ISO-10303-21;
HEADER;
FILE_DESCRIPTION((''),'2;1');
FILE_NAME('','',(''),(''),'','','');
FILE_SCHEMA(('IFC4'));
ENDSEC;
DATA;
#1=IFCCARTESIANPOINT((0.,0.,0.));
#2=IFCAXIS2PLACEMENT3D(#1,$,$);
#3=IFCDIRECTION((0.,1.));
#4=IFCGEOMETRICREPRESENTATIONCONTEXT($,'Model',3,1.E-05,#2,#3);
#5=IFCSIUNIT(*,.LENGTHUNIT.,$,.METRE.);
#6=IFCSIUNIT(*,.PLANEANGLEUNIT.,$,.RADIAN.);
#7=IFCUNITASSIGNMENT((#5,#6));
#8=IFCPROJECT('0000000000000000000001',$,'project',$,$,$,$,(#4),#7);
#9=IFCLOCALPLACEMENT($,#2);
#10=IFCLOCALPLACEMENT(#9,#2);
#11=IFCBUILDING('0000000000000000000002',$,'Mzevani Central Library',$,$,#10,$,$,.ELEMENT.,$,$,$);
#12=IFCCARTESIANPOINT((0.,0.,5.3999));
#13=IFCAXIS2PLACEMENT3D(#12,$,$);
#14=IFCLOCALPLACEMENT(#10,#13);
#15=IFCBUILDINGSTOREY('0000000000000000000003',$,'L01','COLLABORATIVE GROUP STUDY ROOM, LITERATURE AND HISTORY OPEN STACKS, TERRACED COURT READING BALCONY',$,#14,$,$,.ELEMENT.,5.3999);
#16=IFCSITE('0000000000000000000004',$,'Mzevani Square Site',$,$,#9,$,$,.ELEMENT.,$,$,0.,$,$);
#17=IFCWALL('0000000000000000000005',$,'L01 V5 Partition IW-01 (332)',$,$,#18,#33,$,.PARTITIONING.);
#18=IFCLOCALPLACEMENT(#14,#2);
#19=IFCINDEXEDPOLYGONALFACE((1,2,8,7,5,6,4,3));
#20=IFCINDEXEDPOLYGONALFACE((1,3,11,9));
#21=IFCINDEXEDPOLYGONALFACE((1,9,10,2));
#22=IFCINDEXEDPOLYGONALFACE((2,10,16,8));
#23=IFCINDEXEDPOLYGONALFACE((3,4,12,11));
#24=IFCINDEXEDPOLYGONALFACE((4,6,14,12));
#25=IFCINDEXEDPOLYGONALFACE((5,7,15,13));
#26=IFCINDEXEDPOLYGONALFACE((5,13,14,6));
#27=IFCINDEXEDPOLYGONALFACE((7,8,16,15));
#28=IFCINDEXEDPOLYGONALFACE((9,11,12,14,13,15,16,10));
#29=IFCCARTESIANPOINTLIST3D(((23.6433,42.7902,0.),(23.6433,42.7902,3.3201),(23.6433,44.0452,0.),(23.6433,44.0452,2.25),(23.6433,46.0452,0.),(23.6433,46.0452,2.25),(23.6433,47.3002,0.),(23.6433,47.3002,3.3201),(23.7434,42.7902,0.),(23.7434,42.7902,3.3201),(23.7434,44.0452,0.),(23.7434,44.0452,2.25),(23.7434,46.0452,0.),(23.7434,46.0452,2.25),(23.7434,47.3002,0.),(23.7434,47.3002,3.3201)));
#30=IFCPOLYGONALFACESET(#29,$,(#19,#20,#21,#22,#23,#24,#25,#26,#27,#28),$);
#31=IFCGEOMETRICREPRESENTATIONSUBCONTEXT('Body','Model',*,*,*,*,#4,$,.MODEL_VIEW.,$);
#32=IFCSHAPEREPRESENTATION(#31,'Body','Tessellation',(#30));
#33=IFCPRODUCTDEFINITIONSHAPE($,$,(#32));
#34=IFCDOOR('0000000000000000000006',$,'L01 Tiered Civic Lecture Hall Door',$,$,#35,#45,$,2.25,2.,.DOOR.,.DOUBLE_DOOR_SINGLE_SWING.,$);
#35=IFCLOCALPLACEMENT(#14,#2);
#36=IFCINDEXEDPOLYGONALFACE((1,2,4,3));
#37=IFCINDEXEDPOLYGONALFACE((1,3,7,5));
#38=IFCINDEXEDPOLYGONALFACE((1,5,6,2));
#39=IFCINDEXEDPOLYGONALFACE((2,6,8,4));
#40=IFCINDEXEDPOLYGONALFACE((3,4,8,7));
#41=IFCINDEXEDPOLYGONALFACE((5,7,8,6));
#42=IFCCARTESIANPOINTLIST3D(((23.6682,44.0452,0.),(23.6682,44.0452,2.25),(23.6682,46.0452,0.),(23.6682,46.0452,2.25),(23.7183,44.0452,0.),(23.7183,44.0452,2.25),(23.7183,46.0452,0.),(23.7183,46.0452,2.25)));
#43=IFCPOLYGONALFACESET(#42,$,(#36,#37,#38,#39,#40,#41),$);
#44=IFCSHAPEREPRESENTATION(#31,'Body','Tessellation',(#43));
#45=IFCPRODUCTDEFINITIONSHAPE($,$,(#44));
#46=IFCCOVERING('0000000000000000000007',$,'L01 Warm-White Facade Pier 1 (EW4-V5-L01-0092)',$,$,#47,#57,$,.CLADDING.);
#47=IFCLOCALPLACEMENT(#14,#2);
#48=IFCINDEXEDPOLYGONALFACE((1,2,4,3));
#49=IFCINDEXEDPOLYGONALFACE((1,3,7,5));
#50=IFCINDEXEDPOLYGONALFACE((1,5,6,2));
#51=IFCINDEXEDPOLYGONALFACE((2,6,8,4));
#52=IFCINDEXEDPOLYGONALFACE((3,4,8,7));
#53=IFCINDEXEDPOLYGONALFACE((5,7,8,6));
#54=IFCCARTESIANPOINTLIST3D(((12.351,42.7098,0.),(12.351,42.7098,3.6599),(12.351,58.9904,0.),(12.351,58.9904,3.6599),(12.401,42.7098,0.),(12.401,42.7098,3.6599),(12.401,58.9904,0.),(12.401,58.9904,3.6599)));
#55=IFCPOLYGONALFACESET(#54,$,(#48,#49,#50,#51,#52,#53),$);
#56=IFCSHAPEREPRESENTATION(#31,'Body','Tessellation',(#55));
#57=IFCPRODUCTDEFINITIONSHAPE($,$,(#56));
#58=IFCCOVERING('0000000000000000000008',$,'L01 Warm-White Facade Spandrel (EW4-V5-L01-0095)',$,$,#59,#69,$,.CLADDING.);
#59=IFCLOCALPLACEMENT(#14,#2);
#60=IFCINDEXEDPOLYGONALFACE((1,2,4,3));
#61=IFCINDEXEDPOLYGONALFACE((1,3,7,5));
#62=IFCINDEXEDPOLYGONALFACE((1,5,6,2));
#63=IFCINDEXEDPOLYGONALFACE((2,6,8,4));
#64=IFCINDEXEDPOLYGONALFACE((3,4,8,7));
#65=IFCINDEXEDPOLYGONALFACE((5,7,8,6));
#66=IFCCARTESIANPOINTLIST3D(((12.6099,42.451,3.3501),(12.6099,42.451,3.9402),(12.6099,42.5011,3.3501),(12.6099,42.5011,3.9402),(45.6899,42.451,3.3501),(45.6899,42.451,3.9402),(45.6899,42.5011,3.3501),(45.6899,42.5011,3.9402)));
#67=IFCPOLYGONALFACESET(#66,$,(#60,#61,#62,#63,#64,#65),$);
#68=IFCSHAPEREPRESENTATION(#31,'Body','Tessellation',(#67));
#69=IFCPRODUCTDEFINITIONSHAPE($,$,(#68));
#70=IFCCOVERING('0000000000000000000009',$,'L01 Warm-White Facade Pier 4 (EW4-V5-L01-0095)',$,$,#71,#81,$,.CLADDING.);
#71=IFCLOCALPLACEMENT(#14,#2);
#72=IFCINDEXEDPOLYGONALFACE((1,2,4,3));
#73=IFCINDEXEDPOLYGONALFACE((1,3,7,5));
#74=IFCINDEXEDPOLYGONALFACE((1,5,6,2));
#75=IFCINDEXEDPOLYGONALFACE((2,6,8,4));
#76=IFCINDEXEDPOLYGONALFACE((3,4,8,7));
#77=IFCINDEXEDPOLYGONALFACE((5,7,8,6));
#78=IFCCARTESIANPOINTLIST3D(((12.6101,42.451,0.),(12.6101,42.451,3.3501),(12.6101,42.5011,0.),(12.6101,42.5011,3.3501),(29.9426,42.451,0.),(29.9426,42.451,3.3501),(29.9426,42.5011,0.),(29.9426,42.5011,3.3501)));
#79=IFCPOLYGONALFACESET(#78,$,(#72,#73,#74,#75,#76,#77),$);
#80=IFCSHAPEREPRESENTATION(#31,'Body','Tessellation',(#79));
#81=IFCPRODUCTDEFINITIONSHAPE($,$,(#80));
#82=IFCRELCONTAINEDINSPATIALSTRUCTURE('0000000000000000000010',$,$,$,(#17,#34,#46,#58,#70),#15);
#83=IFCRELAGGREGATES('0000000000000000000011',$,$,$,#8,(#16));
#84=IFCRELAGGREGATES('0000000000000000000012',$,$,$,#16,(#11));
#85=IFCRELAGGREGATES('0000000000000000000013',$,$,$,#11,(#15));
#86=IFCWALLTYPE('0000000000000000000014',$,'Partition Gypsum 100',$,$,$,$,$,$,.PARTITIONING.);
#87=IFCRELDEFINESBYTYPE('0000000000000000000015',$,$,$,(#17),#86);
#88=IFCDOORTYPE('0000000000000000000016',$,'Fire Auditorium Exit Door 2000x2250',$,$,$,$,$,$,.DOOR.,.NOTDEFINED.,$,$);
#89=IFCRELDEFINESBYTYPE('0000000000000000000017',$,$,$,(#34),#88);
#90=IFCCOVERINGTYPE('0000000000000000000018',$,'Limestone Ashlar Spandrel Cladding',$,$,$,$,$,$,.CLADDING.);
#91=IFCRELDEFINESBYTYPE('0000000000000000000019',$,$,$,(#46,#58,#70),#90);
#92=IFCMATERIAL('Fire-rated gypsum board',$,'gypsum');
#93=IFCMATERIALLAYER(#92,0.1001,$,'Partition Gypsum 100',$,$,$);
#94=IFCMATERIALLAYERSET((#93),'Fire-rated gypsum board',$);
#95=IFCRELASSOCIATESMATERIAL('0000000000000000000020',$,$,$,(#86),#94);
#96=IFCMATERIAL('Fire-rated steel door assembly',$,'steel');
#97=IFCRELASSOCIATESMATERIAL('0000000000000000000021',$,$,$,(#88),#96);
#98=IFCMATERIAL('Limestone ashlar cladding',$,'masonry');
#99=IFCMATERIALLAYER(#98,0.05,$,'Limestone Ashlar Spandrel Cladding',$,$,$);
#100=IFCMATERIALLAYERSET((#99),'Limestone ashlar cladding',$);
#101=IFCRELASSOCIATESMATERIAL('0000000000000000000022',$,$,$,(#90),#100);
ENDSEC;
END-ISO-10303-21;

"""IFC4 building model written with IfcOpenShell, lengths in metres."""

from ifc_helpers import new_model, si_unit, direction, frame, frame_2d, origin, origin_2d, place, context, subcontext, project, spatial, rectangle, extrude, material, layer, layer_set, type_object, element, fill, save


model = new_model("IFC4")

# Units and contexts
model_context = context("Model", 3, precision=1e-05, world=origin(), true_north=direction((0.0, 1.0)))
body_context = subcontext(model_context, "Body", "Model", "MODEL_VIEW")
ifc_project = project(units=[si_unit("LENGTHUNIT", "METRE"), si_unit("PLANEANGLEUNIT", "RADIAN")], contexts=[model_context])

# Site, building, storey
site_placement = place(None, origin())
site = spatial("IfcSite", under=ifc_project, at=site_placement, Name="Mzevani Square Site", CompositionType="ELEMENT", RefElevation=0.0)
building_placement = place(site_placement, origin())
building = spatial("IfcBuilding", under=site, at=building_placement, Name="Mzevani Central Library", CompositionType="ELEMENT")
storey_placement = place(building_placement, frame((0.0, 0.0, 5.3999)))
storey = spatial("IfcBuildingStorey", under=building, at=storey_placement, Name="L01", Description="COLLABORATIVE GROUP STUDY ROOM, LITERATURE AND HISTORY OPEN STACKS, TERRACED COURT READING BALCONY", CompositionType="ELEMENT", Elevation=5.3999)

# Wall, opening, door
ifc_material_1 = material(Name="Fire-rated gypsum board", Category="gypsum")
ifc_layer_1 = layer(ifc_material_1, 0.1001, Name="Partition Gypsum 100")
ifc_layer_set_1 = layer_set([ifc_layer_1], Name="Fire-rated gypsum board")
wall_type_1 = type_object("IfcWallType", Name="Partition Gypsum 100", PredefinedType="PARTITIONING", material=ifc_layer_set_1)
wall_1_placement = place(storey_placement, frame((23.6934, 47.3, 0.0), z_axis=(0.0, 0.0, 1.0), x_axis=(0.0, -1.0, 0.0)))
wall_1 = element("IfcWall", 1, at=wall_1_placement, inside=storey, type_object=wall_type_1, Name="L01 V5 Partition IW-01 (332)", PredefinedType="PARTITIONING", context=body_context, shape_type="SweptSolid", body=[
    extrude(rectangle(XDim=4.51, YDim=0.1001, at=frame_2d((2.2549, 0.0))), origin(), (0.0, 0.0, 1.0), 3.3201),
])
opening_1_placement = place(wall_1_placement, frame((1.2549, 0.0, 0.0)))
opening_1 = element("IfcOpeningElement", 2, at=opening_1_placement, cuts=wall_1, PredefinedType="OPENING", context=body_context, shape_type="SweptSolid", body=[
    extrude(rectangle(XDim=2.0, YDim=2.25, at=frame_2d((1.0, 1.125))), frame((0.0, 0.0601, 0.0), z_axis=(0.0, -1.0, 0.0), x_axis=(1.0, 0.0, 0.0)), (0.0, 0.0, 1.0), 0.1201),
])
ifc_material_2 = material(Name="Fire-rated steel door assembly", Category="steel")
door_type = type_object("IfcDoorType", Name="Fire Auditorium Exit Door 2000x2250", OperationType="NOTDEFINED", PredefinedType="DOOR", material=ifc_material_2)
door_placement = place(opening_1_placement, origin())
door = element("IfcDoor", 3, at=door_placement, inside=storey, type_object=door_type, Name="L01 Tiered Civic Lecture Hall Door", OperationType="DOUBLE_DOOR_SINGLE_SWING", OverallHeight=2.25, OverallWidth=2.0, PredefinedType="DOOR", context=body_context, shape_type="SweptSolid", body=[
    extrude(rectangle(XDim=2.0, YDim=2.25, at=frame_2d((1.0, 1.125))), frame((0.0, 0.0249, 0.0), z_axis=(0.0, -1.0, 0.0), x_axis=(1.0, 0.0, 0.0)), (0.0, 0.0, 1.0), 0.05),
])
fill(opening_1, door)

# Coverings
ifc_material_3 = material(Name="Limestone ashlar cladding", Category="masonry")
ifc_layer_2 = layer(ifc_material_3, 0.05, Name="Limestone Ashlar Spandrel Cladding")
ifc_layer_set_2 = layer_set([ifc_layer_2], Name="Limestone ashlar cladding")
covering_type = type_object("IfcCoveringType", Name="Limestone Ashlar Spandrel Cladding", PredefinedType="CLADDING", material=ifc_layer_set_2)
covering_1_placement = place(storey_placement, frame((12.376, 50.8501, 0.0), z_axis=(0.0, 0.0, 1.0), x_axis=(0.0, 1.0, 0.0)))
element("IfcCovering", 4, at=covering_1_placement, inside=storey, type_object=covering_type, Name="L01 Warm-White Facade Pier 1 (EW4-V5-L01-0092)", PredefinedType="CLADDING", context=body_context, shape_type="SweptSolid", body=[
    extrude(rectangle(XDim=16.2805, YDim=0.05, at=origin_2d()), origin(), (0.0, 0.0, 1.0), 3.6599),
])
covering_2_placement = place(storey_placement, frame((29.1499, 42.4761, 3.3501), z_axis=(0.0, 0.0, 1.0), x_axis=(-1.0, 0.0, 0.0)))
element("IfcCovering", 5, at=covering_2_placement, inside=storey, type_object=covering_type, Name="L01 Warm-White Facade Spandrel (EW4-V5-L01-0095)", PredefinedType="CLADDING", context=body_context, shape_type="SweptSolid", body=[
    extrude(rectangle(XDim=33.0801, YDim=0.05, at=origin_2d()), origin(), (0.0, 0.0, 1.0), 0.5901),
])
covering_3_placement = place(storey_placement, frame((21.2764, 42.4761, 0.0), z_axis=(0.0, 0.0, 1.0), x_axis=(-1.0, 0.0, 0.0)))
element("IfcCovering", 6, at=covering_3_placement, inside=storey, type_object=covering_type, Name="L01 Warm-White Facade Pier 4 (EW4-V5-L01-0095)", PredefinedType="CLADDING", context=body_context, shape_type="SweptSolid", body=[
    extrude(rectangle(XDim=17.3325, YDim=0.05, at=origin_2d()), origin(), (0.0, 0.0, 1.0), 3.3501),
])

save(model, "model.ifc")
